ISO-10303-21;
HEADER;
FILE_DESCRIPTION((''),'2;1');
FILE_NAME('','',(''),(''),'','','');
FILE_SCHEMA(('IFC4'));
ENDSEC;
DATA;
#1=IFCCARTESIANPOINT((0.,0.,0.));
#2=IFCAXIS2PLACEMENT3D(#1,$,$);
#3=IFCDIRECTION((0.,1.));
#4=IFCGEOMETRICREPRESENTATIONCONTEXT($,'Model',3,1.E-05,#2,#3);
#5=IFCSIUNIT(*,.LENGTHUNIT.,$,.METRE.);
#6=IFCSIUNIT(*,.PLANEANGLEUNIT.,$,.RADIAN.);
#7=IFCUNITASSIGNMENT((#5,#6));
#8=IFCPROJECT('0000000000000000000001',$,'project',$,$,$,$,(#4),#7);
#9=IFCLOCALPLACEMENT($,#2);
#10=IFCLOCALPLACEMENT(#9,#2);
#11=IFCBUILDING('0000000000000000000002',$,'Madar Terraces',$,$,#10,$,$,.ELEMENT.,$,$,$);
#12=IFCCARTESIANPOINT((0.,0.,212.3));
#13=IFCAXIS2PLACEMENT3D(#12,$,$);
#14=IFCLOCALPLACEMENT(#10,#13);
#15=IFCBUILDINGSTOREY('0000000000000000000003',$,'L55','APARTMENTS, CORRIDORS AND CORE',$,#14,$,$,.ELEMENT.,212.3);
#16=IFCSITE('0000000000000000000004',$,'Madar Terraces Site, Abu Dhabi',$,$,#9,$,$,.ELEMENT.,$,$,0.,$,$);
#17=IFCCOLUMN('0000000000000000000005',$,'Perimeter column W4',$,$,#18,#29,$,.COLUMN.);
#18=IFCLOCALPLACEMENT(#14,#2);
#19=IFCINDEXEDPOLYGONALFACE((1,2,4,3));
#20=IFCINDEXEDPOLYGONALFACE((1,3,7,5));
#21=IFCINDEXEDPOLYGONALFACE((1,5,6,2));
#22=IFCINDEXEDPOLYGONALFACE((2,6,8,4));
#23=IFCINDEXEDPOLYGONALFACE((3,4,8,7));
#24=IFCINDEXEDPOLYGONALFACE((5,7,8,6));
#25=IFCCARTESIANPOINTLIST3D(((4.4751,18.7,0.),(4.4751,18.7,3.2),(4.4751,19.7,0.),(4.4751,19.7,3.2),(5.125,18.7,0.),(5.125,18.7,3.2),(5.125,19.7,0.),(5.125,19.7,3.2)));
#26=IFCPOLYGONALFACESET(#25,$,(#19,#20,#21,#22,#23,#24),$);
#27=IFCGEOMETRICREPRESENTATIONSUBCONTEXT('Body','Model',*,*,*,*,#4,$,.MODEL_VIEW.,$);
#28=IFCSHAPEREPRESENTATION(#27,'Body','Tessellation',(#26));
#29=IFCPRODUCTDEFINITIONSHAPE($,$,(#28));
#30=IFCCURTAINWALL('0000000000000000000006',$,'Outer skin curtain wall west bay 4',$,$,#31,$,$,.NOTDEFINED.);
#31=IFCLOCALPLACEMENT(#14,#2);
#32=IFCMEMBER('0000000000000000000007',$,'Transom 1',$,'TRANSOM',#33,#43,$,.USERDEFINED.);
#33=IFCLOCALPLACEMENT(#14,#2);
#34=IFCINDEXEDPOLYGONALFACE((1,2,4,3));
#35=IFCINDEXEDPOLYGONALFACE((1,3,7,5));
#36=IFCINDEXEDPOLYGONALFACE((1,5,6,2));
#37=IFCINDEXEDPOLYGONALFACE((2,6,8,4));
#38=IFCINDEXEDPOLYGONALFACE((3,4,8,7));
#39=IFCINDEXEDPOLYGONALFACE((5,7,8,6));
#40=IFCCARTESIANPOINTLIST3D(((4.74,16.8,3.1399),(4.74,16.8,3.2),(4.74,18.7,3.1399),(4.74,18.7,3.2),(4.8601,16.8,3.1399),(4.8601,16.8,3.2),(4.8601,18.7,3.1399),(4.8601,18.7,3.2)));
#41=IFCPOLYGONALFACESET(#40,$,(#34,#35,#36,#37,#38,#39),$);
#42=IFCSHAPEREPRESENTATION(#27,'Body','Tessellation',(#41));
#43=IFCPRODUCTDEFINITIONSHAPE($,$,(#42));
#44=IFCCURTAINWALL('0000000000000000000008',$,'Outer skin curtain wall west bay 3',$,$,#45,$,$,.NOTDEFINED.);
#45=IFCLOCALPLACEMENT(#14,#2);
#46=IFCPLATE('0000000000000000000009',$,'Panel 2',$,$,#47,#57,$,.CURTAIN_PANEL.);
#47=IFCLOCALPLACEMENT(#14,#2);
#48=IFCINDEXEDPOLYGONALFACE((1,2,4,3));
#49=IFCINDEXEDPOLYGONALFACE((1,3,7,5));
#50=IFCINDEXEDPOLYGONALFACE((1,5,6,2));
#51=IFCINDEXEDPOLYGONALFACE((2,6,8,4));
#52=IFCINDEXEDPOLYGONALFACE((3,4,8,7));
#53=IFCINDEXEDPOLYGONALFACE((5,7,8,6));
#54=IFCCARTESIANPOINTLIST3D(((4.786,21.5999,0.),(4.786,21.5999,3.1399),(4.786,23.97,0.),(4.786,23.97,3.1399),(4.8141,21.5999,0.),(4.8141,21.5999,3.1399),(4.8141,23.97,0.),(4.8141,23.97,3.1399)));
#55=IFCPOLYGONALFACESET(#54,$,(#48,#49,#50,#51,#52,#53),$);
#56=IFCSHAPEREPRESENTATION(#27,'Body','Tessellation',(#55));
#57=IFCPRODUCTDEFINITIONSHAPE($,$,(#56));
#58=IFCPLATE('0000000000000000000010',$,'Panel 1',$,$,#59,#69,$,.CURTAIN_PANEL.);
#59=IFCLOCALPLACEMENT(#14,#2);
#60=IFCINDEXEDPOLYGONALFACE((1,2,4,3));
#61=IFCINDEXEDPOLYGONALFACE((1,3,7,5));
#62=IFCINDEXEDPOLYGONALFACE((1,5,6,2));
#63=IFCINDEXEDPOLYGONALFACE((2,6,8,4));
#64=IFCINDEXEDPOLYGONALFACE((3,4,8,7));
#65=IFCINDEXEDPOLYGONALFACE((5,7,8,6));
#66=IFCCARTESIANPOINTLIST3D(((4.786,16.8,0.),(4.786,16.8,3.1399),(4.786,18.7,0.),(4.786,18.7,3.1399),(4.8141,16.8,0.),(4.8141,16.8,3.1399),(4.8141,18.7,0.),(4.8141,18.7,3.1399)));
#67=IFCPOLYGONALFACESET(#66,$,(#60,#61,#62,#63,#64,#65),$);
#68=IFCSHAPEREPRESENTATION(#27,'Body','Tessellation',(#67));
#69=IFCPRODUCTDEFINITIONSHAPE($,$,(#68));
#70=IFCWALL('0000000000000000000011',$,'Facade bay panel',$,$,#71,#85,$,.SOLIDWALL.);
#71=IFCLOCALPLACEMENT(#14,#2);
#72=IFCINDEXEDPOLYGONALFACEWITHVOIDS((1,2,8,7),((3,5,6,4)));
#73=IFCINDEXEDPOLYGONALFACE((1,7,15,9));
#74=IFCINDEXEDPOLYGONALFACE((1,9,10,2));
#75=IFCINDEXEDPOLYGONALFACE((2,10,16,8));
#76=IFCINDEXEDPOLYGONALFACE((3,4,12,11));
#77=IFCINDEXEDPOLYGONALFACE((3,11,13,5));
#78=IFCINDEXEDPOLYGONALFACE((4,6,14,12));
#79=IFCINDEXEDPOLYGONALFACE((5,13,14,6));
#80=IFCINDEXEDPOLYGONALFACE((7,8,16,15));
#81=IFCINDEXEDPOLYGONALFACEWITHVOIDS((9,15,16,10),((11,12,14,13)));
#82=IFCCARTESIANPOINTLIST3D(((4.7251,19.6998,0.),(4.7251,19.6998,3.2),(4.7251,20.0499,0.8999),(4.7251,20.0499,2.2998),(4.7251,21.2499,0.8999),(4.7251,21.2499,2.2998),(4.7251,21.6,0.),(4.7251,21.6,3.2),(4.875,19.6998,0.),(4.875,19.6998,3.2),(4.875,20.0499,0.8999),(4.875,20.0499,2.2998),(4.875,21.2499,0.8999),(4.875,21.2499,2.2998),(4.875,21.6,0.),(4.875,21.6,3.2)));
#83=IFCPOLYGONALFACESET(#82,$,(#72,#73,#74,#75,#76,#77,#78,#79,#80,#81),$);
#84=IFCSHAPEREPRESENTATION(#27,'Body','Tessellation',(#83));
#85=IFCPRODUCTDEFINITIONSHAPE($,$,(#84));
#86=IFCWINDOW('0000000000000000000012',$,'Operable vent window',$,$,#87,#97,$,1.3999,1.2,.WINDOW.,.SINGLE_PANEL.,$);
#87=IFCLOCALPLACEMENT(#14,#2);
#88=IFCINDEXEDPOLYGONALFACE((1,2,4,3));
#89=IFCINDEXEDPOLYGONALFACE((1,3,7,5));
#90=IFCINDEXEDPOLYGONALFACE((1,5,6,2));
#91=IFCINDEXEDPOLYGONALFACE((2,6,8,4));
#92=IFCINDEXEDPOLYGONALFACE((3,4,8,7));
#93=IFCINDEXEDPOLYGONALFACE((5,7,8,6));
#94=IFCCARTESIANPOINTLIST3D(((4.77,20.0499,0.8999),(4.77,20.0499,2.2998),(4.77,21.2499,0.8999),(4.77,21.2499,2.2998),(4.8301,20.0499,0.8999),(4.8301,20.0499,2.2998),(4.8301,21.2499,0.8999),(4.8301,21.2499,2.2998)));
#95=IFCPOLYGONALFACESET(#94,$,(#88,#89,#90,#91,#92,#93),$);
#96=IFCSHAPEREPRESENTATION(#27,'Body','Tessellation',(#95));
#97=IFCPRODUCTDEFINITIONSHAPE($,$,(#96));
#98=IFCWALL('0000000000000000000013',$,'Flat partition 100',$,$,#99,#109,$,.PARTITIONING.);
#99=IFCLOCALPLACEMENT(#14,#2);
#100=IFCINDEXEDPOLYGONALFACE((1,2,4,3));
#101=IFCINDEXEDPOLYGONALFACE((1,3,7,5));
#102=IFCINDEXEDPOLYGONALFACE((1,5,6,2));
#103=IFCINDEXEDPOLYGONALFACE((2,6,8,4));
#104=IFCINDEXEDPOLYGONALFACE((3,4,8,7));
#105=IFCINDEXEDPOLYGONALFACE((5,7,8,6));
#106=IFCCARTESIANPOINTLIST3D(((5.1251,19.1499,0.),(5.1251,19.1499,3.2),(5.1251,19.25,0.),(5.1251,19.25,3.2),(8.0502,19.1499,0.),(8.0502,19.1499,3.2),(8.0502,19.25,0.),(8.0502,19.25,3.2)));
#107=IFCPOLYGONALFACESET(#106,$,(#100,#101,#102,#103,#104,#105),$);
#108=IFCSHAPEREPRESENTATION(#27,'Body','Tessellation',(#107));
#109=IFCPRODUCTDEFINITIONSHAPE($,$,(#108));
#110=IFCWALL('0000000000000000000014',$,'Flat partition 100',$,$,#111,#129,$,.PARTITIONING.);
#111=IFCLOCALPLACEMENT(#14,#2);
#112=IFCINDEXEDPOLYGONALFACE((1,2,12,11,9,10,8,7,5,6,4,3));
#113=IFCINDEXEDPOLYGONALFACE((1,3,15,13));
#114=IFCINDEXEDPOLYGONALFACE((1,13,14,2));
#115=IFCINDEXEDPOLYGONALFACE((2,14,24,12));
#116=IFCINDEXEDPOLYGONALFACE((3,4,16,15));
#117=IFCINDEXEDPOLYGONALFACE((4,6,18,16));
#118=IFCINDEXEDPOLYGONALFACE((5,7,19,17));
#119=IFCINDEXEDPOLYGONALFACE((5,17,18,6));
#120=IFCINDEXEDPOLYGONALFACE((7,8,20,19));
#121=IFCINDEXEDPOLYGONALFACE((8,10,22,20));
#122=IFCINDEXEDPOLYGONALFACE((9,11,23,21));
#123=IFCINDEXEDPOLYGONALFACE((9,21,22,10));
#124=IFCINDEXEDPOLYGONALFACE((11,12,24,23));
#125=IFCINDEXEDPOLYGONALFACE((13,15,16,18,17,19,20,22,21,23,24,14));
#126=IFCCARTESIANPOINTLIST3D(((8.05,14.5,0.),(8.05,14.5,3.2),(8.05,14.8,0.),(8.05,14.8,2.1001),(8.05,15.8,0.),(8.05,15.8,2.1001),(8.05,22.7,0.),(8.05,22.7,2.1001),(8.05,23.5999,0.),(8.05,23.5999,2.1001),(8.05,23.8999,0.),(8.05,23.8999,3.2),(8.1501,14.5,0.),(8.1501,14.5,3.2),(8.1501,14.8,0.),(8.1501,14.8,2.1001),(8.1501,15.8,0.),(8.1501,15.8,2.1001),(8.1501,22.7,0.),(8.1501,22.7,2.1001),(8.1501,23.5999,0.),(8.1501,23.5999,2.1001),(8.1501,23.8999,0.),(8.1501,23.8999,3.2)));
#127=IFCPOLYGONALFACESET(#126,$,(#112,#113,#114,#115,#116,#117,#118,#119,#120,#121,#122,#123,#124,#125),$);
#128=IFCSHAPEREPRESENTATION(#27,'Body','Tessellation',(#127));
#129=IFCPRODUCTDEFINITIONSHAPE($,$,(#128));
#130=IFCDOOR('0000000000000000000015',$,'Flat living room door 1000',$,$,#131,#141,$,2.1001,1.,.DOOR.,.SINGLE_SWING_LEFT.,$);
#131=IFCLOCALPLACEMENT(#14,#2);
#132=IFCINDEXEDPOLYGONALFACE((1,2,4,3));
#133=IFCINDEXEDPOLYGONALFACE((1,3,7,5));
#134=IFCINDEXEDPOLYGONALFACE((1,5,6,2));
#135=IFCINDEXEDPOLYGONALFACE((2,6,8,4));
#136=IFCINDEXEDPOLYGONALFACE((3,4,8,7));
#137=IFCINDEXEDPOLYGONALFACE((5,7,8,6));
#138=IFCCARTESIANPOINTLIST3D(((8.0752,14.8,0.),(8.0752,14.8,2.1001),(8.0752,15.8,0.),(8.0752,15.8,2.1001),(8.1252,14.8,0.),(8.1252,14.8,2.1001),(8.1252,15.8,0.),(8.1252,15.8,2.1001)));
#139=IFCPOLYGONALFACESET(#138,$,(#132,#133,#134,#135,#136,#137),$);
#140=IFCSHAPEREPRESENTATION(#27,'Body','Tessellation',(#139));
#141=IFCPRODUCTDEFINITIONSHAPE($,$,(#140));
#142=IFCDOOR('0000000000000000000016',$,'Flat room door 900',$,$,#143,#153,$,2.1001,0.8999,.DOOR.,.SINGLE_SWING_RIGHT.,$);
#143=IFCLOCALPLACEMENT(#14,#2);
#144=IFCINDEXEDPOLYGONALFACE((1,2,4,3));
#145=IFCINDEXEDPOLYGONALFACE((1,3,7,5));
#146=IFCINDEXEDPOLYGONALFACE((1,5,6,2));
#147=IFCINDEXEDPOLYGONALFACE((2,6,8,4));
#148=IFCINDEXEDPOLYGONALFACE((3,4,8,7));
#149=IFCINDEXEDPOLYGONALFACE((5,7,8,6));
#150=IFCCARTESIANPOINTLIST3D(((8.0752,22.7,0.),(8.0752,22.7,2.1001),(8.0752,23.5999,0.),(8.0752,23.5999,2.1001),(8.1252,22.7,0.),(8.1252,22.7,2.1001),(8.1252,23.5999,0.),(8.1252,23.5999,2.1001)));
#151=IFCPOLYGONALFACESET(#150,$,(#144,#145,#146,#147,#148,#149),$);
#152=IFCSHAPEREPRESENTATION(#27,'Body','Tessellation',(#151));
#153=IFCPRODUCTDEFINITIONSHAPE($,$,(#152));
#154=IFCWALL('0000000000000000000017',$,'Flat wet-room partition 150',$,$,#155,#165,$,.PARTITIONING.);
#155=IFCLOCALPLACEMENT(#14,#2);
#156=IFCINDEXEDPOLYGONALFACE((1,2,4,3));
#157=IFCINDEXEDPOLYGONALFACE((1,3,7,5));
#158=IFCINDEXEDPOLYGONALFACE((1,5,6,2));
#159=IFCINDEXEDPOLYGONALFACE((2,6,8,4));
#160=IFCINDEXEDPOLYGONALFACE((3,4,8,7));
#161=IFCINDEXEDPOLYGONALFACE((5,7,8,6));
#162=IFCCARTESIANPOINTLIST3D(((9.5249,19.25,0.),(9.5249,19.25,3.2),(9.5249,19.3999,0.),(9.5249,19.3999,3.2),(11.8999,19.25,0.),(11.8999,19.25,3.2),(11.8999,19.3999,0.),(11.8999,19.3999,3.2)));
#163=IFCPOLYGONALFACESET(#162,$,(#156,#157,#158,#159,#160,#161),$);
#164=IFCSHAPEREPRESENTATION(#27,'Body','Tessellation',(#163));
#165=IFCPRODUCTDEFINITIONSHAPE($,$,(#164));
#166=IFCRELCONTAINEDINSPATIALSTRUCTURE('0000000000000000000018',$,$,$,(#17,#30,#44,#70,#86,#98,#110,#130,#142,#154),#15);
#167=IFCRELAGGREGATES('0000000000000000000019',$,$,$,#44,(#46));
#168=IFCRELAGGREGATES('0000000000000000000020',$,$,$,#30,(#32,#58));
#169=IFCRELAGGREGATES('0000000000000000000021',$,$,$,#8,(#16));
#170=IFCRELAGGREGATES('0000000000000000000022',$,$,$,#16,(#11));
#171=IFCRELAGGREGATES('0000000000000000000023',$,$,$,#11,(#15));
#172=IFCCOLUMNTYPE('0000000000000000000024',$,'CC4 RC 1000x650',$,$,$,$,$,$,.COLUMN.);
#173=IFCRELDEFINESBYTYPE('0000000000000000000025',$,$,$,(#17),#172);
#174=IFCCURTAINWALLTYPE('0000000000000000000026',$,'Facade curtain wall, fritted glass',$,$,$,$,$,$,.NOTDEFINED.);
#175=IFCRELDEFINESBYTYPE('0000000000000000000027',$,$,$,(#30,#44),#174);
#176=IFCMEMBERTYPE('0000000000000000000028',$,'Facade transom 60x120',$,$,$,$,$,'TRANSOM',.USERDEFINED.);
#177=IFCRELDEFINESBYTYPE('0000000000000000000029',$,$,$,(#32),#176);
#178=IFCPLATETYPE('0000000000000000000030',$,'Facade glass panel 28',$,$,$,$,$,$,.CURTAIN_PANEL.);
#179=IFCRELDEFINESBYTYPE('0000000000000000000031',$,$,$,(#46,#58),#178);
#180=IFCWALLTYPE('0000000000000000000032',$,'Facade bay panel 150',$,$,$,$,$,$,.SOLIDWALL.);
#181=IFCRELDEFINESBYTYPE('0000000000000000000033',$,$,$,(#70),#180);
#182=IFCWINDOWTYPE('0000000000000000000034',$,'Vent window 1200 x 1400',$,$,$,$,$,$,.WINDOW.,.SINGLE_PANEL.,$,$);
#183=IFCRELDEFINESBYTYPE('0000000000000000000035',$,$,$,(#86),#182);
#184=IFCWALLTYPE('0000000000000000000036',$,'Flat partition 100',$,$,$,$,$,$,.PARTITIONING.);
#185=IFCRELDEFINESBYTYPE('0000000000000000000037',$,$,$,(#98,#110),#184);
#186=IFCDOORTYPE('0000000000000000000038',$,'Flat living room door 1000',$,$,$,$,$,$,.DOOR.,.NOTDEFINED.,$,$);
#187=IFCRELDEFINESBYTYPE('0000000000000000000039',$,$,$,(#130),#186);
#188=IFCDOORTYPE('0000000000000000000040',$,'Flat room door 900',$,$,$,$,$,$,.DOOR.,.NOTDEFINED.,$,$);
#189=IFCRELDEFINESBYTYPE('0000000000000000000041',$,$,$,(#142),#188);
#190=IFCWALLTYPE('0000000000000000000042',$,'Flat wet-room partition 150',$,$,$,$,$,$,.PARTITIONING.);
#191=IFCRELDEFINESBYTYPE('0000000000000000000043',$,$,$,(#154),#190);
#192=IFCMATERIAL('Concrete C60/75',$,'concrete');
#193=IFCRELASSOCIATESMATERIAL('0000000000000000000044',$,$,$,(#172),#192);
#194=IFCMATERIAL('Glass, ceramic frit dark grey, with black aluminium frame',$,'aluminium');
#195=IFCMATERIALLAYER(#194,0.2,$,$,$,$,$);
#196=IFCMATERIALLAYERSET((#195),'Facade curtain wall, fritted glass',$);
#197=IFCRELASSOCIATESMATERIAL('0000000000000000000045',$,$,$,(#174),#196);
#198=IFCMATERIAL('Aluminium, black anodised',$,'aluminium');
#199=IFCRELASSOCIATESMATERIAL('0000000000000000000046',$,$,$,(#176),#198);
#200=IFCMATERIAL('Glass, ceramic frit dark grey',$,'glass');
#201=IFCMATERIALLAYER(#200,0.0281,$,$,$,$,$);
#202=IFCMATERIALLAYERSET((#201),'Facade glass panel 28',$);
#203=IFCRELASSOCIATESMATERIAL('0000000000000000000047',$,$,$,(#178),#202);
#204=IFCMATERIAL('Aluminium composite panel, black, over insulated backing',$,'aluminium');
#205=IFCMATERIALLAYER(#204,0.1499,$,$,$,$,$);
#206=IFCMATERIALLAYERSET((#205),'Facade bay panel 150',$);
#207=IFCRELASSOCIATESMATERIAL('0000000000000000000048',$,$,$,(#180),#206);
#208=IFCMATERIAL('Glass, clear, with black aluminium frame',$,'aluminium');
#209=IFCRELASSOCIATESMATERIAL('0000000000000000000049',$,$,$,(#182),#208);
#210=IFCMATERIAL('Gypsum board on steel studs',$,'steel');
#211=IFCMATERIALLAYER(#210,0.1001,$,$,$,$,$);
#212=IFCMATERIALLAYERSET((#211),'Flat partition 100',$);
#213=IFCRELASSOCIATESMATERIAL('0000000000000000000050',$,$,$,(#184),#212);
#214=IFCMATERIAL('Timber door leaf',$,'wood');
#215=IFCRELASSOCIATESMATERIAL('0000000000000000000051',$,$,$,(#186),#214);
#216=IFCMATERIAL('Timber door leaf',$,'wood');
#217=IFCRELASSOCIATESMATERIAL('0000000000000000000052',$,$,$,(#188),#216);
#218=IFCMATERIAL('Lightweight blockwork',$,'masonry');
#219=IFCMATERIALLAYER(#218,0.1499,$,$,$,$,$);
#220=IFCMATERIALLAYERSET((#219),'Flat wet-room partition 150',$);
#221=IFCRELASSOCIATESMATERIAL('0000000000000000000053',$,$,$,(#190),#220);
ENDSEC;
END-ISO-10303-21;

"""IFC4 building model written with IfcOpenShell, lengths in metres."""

from ifc_helpers import new_model, si_unit, direction, frame, frame_2d, origin, origin_2d, place, context, subcontext, project, spatial, rectangle, extrude, material, layer, layer_set, material_profile, profile_set, type_object, element, fill, aggregate, save


model = new_model("IFC4")

# Units and contexts
model_context = context("Model", 3, precision=1e-05, world=origin(), true_north=direction((0.0, 1.0)))
body_context = subcontext(model_context, "Body", "Model", "MODEL_VIEW")
ifc_project = project(units=[si_unit("LENGTHUNIT", "METRE"), si_unit("PLANEANGLEUNIT", "RADIAN")], contexts=[model_context])

# Site, building, storey
site_placement = place(None, origin())
site = spatial("IfcSite", under=ifc_project, at=site_placement, Name="Madar Terraces Site, Abu Dhabi", CompositionType="ELEMENT", RefElevation=0.0)
building_placement = place(site_placement, origin())
building = spatial("IfcBuilding", under=site, at=building_placement, Name="Madar Terraces", CompositionType="ELEMENT")
storey_placement = place(building_placement, frame((0.0, 0.0, 212.3)))
storey = spatial("IfcBuildingStorey", under=building, at=storey_placement, Name="L55", Description="APARTMENTS, CORRIDORS AND CORE", CompositionType="ELEMENT", Elevation=212.3)

# Column
ifc_material_1 = material(Name="Concrete C60/75", Category="concrete")
ifc_material_profile_1 = material_profile(ifc_material_1, rectangle(XDim=1.0, YDim=0.6499, at=origin_2d()), Name="CC4 RC 1000x650")
ifc_profile_set_1 = profile_set([ifc_material_profile_1], Name="Concrete C60/75")
column_type = type_object("IfcColumnType", Name="CC4 RC 1000x650", PredefinedType="COLUMN", material=ifc_profile_set_1)
column_placement = place(storey_placement, frame((4.8, 19.2, 0.0), z_axis=(0.0, 0.0, 1.0), x_axis=(0.0, 1.0, 0.0)))
element("IfcColumn", 1, at=column_placement, inside=storey, type_object=column_type, Name="Perimeter column W4", PredefinedType="COLUMN", context=body_context, shape_type="SweptSolid", body=[
    extrude(rectangle(XDim=1.0, YDim=0.6499, at=origin_2d()), origin(), (0.0, 0.0, 1.0), 3.2),
])

# Curtain wall, member
ifc_material_2 = material(Name="Glass, ceramic frit dark grey, with black aluminium frame", Category="aluminium")
ifc_layer_1 = layer(ifc_material_2, 0.2)
ifc_layer_set_1 = layer_set([ifc_layer_1], Name="Facade curtain wall, fritted glass")
curtain_wall_type = type_object("IfcCurtainWallType", Name="Facade curtain wall, fritted glass", PredefinedType="NOTDEFINED", material=ifc_layer_set_1)
curtain_wall_1_placement = place(storey_placement, origin())
curtain_wall_1 = element("IfcCurtainWall", 2, at=curtain_wall_1_placement, inside=storey, type_object=curtain_wall_type, Name="Outer skin curtain wall west bay 4", PredefinedType="NOTDEFINED")
ifc_material_3 = material(Name="Aluminium, black anodised", Category="aluminium")
ifc_material_profile_2 = material_profile(ifc_material_3, rectangle(XDim=0.1201, YDim=0.0601, at=origin_2d()), Name="Facade transom 60x120")
ifc_profile_set_2 = profile_set([ifc_material_profile_2], Name="Aluminium, black anodised")
member_type = type_object("IfcMemberType", Name="Facade transom 60x120", ElementType="TRANSOM", PredefinedType="USERDEFINED", material=ifc_profile_set_2)
member_placement = place(storey_placement, frame((4.8, 18.7, 3.1699), z_axis=(0.0, -1.0, 0.0), x_axis=(1.0, 0.0, 0.0)))
member = element("IfcMember", 3, at=member_placement, type_object=member_type, Name="Transom 1", ObjectType="TRANSOM", PredefinedType="USERDEFINED", context=body_context, shape_type="SweptSolid", body=[
    extrude(rectangle(XDim=0.1201, YDim=0.0601, at=origin_2d()), origin(), (0.0, 0.0, 1.0), 1.8999),
])

# Curtain wall, plate
curtain_wall_2_placement = place(storey_placement, origin())
curtain_wall_2 = element("IfcCurtainWall", 4, at=curtain_wall_2_placement, inside=storey, type_object=curtain_wall_type, Name="Outer skin curtain wall west bay 3", PredefinedType="NOTDEFINED")
ifc_material_4 = material(Name="Glass, ceramic frit dark grey", Category="glass")
ifc_layer_2 = layer(ifc_material_4, 0.0281)
ifc_layer_set_2 = layer_set([ifc_layer_2], Name="Facade glass panel 28")
plate_type = type_object("IfcPlateType", Name="Facade glass panel 28", PredefinedType="CURTAIN_PANEL", material=ifc_layer_set_2)
plate_1_placement = place(storey_placement, frame((4.8, 22.7849, 0.0), z_axis=(0.0, 0.0, 1.0), x_axis=(0.0, -1.0, 0.0)))
plate_1 = element("IfcPlate", 5, at=plate_1_placement, type_object=plate_type, Name="Panel 2", PredefinedType="CURTAIN_PANEL", context=body_context, shape_type="SweptSolid", body=[
    extrude(rectangle(XDim=2.3701, YDim=0.0281, at=origin_2d()), origin(), (0.0, 0.0, 1.0), 3.1399),
])
aggregate(curtain_wall_2, [plate_1])

# Plate
plate_2_placement = place(storey_placement, frame((4.8, 17.75, 0.0), z_axis=(0.0, 0.0, 1.0), x_axis=(0.0, -1.0, 0.0)))
plate_2 = element("IfcPlate", 6, at=plate_2_placement, type_object=plate_type, Name="Panel 1", PredefinedType="CURTAIN_PANEL", context=body_context, shape_type="SweptSolid", body=[
    extrude(rectangle(XDim=1.8999, YDim=0.0281, at=origin_2d()), origin(), (0.0, 0.0, 1.0), 3.1399),
])
aggregate(curtain_wall_1, [member, plate_2])

# Wall, opening, window
ifc_material_5 = material(Name="Aluminium composite panel, black, over insulated backing", Category="aluminium")
ifc_layer_3 = layer(ifc_material_5, 0.1499)
ifc_layer_set_3 = layer_set([ifc_layer_3], Name="Facade bay panel 150")
wall_type_1 = type_object("IfcWallType", Name="Facade bay panel 150", PredefinedType="SOLIDWALL", material=ifc_layer_set_3)
wall_1_placement = place(storey_placement, frame((4.8, 21.6001, 0.0), z_axis=(0.0, 0.0, 1.0), x_axis=(0.0, -1.0, 0.0)))
wall_1 = element("IfcWall", 7, at=wall_1_placement, inside=storey, type_object=wall_type_1, Name="Facade bay panel", PredefinedType="SOLIDWALL", context=body_context, shape_type="SweptSolid", body=[
    extrude(rectangle(XDim=1.9001, YDim=0.1499, at=frame_2d((0.9502, 0.0))), origin(), (0.0, 0.0, 1.0), 3.2),
])
opening_1_placement = place(wall_1_placement, frame((0.3501, 0.0, 0.8999)))
opening_1 = element("IfcOpeningElement", 8, at=opening_1_placement, cuts=wall_1, PredefinedType="OPENING", context=body_context, shape_type="SweptSolid", body=[
    extrude(rectangle(XDim=1.2, YDim=1.3999, at=frame_2d((0.6001, 0.7))), frame((0.0, 0.085, 0.0), z_axis=(0.0, -1.0, 0.0), x_axis=(1.0, 0.0, 0.0)), (0.0, 0.0, 1.0), 0.1699),
])
ifc_material_6 = material(Name="Glass, clear, with black aluminium frame", Category="aluminium")
window_type = type_object("IfcWindowType", Name="Vent window 1200 x 1400", PartitioningType="SINGLE_PANEL", PredefinedType="WINDOW", material=ifc_material_6)
window_placement = place(opening_1_placement, origin())
window = element("IfcWindow", 9, at=window_placement, inside=storey, type_object=window_type, Name="Operable vent window", OverallHeight=1.3999, OverallWidth=1.2, PartitioningType="SINGLE_PANEL", PredefinedType="WINDOW", context=body_context, shape_type="SweptSolid", body=[
    extrude(rectangle(XDim=1.2, YDim=1.3999, at=frame_2d((0.6001, 0.7))), frame((0.0, 0.03, 0.0), z_axis=(0.0, -1.0, 0.0), x_axis=(1.0, 0.0, 0.0)), (0.0, 0.0, 1.0), 0.0601),
])
fill(opening_1, window)

# Wall
ifc_material_7 = material(Name="Gypsum board on steel studs", Category="steel")
ifc_layer_4 = layer(ifc_material_7, 0.1001)
ifc_layer_set_4 = layer_set([ifc_layer_4], Name="Flat partition 100")
wall_type_2 = type_object("IfcWallType", Name="Flat partition 100", PredefinedType="PARTITIONING", material=ifc_layer_set_4)
wall_2_placement = place(storey_placement, frame((8.05, 19.2, 0.0), z_axis=(0.0, 0.0, 1.0), x_axis=(-1.0, 0.0, 0.0)))
element("IfcWall", 10, at=wall_2_placement, inside=storey, type_object=wall_type_2, Name="Flat partition 100", PredefinedType="PARTITIONING", context=body_context, shape_type="SweptSolid", body=[
    extrude(rectangle(XDim=2.925, YDim=0.1001, at=frame_2d((1.4624, 0.0))), origin(), (0.0, 0.0, 1.0), 3.2),
])

# Wall, openings, doors
wall_3_placement = place(storey_placement, frame((8.1001, 14.5, 0.0), z_axis=(0.0, 0.0, 1.0), x_axis=(0.0, 1.0, 0.0)))
wall_3 = element("IfcWall", 11, at=wall_3_placement, inside=storey, type_object=wall_type_2, Name="Flat partition 100", PredefinedType="PARTITIONING", context=body_context, shape_type="SweptSolid", body=[
    extrude(rectangle(XDim=9.3999, YDim=0.1001, at=frame_2d((4.7, 0.0))), origin(), (0.0, 0.0, 1.0), 3.2),
])
opening_2_placement = place(wall_3_placement, frame((0.3, 0.0, 0.0)))
opening_2 = element("IfcOpeningElement", 12, at=opening_2_placement, cuts=wall_3, PredefinedType="OPENING", context=body_context, shape_type="SweptSolid", body=[
    extrude(rectangle(XDim=1.0, YDim=2.1001, at=frame_2d((0.5, 1.05))), frame((0.0, 0.0601, 0.0), z_axis=(0.0, -1.0, 0.0), x_axis=(1.0, 0.0, 0.0)), (0.0, 0.0, 1.0), 0.1201),
])
opening_3_placement = place(wall_3_placement, frame((8.2, 0.0, 0.0)))
opening_3 = element("IfcOpeningElement", 13, at=opening_3_placement, cuts=wall_3, PredefinedType="OPENING", context=body_context, shape_type="SweptSolid", body=[
    extrude(rectangle(XDim=0.8999, YDim=2.1001, at=frame_2d((0.45, 1.05))), frame((0.0, 0.0601, 0.0), z_axis=(0.0, -1.0, 0.0), x_axis=(1.0, 0.0, 0.0)), (0.0, 0.0, 1.0), 0.1201),
])
ifc_material_8 = material(Name="Timber door leaf", Category="wood")
door_type_1 = type_object("IfcDoorType", Name="Flat living room door 1000", OperationType="NOTDEFINED", PredefinedType="DOOR", material=ifc_material_8)
door_1_placement = place(opening_2_placement, origin())
door_1 = element("IfcDoor", 14, at=door_1_placement, inside=storey, type_object=door_type_1, Name="Flat living room door 1000", OperationType="SINGLE_SWING_LEFT", OverallHeight=2.1001, OverallWidth=1.0, PredefinedType="DOOR", context=body_context, shape_type="SweptSolid", body=[
    extrude(rectangle(XDim=1.0, YDim=2.1001, at=frame_2d((0.5, 1.05))), frame((0.0, 0.0249, 0.0), z_axis=(0.0, -1.0, 0.0), x_axis=(1.0, 0.0, 0.0)), (0.0, 0.0, 1.0), 0.05),
])
fill(opening_2, door_1)
ifc_material_9 = material(Name="Timber door leaf", Category="wood")
door_type_2 = type_object("IfcDoorType", Name="Flat room door 900", OperationType="NOTDEFINED", PredefinedType="DOOR", material=ifc_material_9)
door_2_placement = place(opening_3_placement, origin())
door_2 = element("IfcDoor", 15, at=door_2_placement, inside=storey, type_object=door_type_2, Name="Flat room door 900", OperationType="SINGLE_SWING_RIGHT", OverallHeight=2.1001, OverallWidth=0.8999, PredefinedType="DOOR", context=body_context, shape_type="SweptSolid", body=[
    extrude(rectangle(XDim=0.8999, YDim=2.1001, at=frame_2d((0.45, 1.05))), frame((0.0, 0.0249, 0.0), z_axis=(0.0, -1.0, 0.0), x_axis=(1.0, 0.0, 0.0)), (0.0, 0.0, 1.0), 0.05),
])
fill(opening_3, door_2)

# Wall
ifc_material_10 = material(Name="Lightweight blockwork", Category="masonry")
ifc_layer_5 = layer(ifc_material_10, 0.1499)
ifc_layer_set_5 = layer_set([ifc_layer_5], Name="Flat wet-room partition 150")
wall_type_3 = type_object("IfcWallType", Name="Flat wet-room partition 150", PredefinedType="PARTITIONING", material=ifc_layer_set_5)
wall_4_placement = place(storey_placement, frame((11.8999, 19.325, 0.0), z_axis=(0.0, 0.0, 1.0), x_axis=(-1.0, 0.0, 0.0)))
element("IfcWall", 16, at=wall_4_placement, inside=storey, type_object=wall_type_3, Name="Flat wet-room partition 150", PredefinedType="PARTITIONING", context=body_context, shape_type="SweptSolid", body=[
    extrude(rectangle(XDim=2.375, YDim=0.1499, at=frame_2d((1.1875, 0.0))), origin(), (0.0, 0.0, 1.0), 3.2),
])

save(model, "model.ifc")
